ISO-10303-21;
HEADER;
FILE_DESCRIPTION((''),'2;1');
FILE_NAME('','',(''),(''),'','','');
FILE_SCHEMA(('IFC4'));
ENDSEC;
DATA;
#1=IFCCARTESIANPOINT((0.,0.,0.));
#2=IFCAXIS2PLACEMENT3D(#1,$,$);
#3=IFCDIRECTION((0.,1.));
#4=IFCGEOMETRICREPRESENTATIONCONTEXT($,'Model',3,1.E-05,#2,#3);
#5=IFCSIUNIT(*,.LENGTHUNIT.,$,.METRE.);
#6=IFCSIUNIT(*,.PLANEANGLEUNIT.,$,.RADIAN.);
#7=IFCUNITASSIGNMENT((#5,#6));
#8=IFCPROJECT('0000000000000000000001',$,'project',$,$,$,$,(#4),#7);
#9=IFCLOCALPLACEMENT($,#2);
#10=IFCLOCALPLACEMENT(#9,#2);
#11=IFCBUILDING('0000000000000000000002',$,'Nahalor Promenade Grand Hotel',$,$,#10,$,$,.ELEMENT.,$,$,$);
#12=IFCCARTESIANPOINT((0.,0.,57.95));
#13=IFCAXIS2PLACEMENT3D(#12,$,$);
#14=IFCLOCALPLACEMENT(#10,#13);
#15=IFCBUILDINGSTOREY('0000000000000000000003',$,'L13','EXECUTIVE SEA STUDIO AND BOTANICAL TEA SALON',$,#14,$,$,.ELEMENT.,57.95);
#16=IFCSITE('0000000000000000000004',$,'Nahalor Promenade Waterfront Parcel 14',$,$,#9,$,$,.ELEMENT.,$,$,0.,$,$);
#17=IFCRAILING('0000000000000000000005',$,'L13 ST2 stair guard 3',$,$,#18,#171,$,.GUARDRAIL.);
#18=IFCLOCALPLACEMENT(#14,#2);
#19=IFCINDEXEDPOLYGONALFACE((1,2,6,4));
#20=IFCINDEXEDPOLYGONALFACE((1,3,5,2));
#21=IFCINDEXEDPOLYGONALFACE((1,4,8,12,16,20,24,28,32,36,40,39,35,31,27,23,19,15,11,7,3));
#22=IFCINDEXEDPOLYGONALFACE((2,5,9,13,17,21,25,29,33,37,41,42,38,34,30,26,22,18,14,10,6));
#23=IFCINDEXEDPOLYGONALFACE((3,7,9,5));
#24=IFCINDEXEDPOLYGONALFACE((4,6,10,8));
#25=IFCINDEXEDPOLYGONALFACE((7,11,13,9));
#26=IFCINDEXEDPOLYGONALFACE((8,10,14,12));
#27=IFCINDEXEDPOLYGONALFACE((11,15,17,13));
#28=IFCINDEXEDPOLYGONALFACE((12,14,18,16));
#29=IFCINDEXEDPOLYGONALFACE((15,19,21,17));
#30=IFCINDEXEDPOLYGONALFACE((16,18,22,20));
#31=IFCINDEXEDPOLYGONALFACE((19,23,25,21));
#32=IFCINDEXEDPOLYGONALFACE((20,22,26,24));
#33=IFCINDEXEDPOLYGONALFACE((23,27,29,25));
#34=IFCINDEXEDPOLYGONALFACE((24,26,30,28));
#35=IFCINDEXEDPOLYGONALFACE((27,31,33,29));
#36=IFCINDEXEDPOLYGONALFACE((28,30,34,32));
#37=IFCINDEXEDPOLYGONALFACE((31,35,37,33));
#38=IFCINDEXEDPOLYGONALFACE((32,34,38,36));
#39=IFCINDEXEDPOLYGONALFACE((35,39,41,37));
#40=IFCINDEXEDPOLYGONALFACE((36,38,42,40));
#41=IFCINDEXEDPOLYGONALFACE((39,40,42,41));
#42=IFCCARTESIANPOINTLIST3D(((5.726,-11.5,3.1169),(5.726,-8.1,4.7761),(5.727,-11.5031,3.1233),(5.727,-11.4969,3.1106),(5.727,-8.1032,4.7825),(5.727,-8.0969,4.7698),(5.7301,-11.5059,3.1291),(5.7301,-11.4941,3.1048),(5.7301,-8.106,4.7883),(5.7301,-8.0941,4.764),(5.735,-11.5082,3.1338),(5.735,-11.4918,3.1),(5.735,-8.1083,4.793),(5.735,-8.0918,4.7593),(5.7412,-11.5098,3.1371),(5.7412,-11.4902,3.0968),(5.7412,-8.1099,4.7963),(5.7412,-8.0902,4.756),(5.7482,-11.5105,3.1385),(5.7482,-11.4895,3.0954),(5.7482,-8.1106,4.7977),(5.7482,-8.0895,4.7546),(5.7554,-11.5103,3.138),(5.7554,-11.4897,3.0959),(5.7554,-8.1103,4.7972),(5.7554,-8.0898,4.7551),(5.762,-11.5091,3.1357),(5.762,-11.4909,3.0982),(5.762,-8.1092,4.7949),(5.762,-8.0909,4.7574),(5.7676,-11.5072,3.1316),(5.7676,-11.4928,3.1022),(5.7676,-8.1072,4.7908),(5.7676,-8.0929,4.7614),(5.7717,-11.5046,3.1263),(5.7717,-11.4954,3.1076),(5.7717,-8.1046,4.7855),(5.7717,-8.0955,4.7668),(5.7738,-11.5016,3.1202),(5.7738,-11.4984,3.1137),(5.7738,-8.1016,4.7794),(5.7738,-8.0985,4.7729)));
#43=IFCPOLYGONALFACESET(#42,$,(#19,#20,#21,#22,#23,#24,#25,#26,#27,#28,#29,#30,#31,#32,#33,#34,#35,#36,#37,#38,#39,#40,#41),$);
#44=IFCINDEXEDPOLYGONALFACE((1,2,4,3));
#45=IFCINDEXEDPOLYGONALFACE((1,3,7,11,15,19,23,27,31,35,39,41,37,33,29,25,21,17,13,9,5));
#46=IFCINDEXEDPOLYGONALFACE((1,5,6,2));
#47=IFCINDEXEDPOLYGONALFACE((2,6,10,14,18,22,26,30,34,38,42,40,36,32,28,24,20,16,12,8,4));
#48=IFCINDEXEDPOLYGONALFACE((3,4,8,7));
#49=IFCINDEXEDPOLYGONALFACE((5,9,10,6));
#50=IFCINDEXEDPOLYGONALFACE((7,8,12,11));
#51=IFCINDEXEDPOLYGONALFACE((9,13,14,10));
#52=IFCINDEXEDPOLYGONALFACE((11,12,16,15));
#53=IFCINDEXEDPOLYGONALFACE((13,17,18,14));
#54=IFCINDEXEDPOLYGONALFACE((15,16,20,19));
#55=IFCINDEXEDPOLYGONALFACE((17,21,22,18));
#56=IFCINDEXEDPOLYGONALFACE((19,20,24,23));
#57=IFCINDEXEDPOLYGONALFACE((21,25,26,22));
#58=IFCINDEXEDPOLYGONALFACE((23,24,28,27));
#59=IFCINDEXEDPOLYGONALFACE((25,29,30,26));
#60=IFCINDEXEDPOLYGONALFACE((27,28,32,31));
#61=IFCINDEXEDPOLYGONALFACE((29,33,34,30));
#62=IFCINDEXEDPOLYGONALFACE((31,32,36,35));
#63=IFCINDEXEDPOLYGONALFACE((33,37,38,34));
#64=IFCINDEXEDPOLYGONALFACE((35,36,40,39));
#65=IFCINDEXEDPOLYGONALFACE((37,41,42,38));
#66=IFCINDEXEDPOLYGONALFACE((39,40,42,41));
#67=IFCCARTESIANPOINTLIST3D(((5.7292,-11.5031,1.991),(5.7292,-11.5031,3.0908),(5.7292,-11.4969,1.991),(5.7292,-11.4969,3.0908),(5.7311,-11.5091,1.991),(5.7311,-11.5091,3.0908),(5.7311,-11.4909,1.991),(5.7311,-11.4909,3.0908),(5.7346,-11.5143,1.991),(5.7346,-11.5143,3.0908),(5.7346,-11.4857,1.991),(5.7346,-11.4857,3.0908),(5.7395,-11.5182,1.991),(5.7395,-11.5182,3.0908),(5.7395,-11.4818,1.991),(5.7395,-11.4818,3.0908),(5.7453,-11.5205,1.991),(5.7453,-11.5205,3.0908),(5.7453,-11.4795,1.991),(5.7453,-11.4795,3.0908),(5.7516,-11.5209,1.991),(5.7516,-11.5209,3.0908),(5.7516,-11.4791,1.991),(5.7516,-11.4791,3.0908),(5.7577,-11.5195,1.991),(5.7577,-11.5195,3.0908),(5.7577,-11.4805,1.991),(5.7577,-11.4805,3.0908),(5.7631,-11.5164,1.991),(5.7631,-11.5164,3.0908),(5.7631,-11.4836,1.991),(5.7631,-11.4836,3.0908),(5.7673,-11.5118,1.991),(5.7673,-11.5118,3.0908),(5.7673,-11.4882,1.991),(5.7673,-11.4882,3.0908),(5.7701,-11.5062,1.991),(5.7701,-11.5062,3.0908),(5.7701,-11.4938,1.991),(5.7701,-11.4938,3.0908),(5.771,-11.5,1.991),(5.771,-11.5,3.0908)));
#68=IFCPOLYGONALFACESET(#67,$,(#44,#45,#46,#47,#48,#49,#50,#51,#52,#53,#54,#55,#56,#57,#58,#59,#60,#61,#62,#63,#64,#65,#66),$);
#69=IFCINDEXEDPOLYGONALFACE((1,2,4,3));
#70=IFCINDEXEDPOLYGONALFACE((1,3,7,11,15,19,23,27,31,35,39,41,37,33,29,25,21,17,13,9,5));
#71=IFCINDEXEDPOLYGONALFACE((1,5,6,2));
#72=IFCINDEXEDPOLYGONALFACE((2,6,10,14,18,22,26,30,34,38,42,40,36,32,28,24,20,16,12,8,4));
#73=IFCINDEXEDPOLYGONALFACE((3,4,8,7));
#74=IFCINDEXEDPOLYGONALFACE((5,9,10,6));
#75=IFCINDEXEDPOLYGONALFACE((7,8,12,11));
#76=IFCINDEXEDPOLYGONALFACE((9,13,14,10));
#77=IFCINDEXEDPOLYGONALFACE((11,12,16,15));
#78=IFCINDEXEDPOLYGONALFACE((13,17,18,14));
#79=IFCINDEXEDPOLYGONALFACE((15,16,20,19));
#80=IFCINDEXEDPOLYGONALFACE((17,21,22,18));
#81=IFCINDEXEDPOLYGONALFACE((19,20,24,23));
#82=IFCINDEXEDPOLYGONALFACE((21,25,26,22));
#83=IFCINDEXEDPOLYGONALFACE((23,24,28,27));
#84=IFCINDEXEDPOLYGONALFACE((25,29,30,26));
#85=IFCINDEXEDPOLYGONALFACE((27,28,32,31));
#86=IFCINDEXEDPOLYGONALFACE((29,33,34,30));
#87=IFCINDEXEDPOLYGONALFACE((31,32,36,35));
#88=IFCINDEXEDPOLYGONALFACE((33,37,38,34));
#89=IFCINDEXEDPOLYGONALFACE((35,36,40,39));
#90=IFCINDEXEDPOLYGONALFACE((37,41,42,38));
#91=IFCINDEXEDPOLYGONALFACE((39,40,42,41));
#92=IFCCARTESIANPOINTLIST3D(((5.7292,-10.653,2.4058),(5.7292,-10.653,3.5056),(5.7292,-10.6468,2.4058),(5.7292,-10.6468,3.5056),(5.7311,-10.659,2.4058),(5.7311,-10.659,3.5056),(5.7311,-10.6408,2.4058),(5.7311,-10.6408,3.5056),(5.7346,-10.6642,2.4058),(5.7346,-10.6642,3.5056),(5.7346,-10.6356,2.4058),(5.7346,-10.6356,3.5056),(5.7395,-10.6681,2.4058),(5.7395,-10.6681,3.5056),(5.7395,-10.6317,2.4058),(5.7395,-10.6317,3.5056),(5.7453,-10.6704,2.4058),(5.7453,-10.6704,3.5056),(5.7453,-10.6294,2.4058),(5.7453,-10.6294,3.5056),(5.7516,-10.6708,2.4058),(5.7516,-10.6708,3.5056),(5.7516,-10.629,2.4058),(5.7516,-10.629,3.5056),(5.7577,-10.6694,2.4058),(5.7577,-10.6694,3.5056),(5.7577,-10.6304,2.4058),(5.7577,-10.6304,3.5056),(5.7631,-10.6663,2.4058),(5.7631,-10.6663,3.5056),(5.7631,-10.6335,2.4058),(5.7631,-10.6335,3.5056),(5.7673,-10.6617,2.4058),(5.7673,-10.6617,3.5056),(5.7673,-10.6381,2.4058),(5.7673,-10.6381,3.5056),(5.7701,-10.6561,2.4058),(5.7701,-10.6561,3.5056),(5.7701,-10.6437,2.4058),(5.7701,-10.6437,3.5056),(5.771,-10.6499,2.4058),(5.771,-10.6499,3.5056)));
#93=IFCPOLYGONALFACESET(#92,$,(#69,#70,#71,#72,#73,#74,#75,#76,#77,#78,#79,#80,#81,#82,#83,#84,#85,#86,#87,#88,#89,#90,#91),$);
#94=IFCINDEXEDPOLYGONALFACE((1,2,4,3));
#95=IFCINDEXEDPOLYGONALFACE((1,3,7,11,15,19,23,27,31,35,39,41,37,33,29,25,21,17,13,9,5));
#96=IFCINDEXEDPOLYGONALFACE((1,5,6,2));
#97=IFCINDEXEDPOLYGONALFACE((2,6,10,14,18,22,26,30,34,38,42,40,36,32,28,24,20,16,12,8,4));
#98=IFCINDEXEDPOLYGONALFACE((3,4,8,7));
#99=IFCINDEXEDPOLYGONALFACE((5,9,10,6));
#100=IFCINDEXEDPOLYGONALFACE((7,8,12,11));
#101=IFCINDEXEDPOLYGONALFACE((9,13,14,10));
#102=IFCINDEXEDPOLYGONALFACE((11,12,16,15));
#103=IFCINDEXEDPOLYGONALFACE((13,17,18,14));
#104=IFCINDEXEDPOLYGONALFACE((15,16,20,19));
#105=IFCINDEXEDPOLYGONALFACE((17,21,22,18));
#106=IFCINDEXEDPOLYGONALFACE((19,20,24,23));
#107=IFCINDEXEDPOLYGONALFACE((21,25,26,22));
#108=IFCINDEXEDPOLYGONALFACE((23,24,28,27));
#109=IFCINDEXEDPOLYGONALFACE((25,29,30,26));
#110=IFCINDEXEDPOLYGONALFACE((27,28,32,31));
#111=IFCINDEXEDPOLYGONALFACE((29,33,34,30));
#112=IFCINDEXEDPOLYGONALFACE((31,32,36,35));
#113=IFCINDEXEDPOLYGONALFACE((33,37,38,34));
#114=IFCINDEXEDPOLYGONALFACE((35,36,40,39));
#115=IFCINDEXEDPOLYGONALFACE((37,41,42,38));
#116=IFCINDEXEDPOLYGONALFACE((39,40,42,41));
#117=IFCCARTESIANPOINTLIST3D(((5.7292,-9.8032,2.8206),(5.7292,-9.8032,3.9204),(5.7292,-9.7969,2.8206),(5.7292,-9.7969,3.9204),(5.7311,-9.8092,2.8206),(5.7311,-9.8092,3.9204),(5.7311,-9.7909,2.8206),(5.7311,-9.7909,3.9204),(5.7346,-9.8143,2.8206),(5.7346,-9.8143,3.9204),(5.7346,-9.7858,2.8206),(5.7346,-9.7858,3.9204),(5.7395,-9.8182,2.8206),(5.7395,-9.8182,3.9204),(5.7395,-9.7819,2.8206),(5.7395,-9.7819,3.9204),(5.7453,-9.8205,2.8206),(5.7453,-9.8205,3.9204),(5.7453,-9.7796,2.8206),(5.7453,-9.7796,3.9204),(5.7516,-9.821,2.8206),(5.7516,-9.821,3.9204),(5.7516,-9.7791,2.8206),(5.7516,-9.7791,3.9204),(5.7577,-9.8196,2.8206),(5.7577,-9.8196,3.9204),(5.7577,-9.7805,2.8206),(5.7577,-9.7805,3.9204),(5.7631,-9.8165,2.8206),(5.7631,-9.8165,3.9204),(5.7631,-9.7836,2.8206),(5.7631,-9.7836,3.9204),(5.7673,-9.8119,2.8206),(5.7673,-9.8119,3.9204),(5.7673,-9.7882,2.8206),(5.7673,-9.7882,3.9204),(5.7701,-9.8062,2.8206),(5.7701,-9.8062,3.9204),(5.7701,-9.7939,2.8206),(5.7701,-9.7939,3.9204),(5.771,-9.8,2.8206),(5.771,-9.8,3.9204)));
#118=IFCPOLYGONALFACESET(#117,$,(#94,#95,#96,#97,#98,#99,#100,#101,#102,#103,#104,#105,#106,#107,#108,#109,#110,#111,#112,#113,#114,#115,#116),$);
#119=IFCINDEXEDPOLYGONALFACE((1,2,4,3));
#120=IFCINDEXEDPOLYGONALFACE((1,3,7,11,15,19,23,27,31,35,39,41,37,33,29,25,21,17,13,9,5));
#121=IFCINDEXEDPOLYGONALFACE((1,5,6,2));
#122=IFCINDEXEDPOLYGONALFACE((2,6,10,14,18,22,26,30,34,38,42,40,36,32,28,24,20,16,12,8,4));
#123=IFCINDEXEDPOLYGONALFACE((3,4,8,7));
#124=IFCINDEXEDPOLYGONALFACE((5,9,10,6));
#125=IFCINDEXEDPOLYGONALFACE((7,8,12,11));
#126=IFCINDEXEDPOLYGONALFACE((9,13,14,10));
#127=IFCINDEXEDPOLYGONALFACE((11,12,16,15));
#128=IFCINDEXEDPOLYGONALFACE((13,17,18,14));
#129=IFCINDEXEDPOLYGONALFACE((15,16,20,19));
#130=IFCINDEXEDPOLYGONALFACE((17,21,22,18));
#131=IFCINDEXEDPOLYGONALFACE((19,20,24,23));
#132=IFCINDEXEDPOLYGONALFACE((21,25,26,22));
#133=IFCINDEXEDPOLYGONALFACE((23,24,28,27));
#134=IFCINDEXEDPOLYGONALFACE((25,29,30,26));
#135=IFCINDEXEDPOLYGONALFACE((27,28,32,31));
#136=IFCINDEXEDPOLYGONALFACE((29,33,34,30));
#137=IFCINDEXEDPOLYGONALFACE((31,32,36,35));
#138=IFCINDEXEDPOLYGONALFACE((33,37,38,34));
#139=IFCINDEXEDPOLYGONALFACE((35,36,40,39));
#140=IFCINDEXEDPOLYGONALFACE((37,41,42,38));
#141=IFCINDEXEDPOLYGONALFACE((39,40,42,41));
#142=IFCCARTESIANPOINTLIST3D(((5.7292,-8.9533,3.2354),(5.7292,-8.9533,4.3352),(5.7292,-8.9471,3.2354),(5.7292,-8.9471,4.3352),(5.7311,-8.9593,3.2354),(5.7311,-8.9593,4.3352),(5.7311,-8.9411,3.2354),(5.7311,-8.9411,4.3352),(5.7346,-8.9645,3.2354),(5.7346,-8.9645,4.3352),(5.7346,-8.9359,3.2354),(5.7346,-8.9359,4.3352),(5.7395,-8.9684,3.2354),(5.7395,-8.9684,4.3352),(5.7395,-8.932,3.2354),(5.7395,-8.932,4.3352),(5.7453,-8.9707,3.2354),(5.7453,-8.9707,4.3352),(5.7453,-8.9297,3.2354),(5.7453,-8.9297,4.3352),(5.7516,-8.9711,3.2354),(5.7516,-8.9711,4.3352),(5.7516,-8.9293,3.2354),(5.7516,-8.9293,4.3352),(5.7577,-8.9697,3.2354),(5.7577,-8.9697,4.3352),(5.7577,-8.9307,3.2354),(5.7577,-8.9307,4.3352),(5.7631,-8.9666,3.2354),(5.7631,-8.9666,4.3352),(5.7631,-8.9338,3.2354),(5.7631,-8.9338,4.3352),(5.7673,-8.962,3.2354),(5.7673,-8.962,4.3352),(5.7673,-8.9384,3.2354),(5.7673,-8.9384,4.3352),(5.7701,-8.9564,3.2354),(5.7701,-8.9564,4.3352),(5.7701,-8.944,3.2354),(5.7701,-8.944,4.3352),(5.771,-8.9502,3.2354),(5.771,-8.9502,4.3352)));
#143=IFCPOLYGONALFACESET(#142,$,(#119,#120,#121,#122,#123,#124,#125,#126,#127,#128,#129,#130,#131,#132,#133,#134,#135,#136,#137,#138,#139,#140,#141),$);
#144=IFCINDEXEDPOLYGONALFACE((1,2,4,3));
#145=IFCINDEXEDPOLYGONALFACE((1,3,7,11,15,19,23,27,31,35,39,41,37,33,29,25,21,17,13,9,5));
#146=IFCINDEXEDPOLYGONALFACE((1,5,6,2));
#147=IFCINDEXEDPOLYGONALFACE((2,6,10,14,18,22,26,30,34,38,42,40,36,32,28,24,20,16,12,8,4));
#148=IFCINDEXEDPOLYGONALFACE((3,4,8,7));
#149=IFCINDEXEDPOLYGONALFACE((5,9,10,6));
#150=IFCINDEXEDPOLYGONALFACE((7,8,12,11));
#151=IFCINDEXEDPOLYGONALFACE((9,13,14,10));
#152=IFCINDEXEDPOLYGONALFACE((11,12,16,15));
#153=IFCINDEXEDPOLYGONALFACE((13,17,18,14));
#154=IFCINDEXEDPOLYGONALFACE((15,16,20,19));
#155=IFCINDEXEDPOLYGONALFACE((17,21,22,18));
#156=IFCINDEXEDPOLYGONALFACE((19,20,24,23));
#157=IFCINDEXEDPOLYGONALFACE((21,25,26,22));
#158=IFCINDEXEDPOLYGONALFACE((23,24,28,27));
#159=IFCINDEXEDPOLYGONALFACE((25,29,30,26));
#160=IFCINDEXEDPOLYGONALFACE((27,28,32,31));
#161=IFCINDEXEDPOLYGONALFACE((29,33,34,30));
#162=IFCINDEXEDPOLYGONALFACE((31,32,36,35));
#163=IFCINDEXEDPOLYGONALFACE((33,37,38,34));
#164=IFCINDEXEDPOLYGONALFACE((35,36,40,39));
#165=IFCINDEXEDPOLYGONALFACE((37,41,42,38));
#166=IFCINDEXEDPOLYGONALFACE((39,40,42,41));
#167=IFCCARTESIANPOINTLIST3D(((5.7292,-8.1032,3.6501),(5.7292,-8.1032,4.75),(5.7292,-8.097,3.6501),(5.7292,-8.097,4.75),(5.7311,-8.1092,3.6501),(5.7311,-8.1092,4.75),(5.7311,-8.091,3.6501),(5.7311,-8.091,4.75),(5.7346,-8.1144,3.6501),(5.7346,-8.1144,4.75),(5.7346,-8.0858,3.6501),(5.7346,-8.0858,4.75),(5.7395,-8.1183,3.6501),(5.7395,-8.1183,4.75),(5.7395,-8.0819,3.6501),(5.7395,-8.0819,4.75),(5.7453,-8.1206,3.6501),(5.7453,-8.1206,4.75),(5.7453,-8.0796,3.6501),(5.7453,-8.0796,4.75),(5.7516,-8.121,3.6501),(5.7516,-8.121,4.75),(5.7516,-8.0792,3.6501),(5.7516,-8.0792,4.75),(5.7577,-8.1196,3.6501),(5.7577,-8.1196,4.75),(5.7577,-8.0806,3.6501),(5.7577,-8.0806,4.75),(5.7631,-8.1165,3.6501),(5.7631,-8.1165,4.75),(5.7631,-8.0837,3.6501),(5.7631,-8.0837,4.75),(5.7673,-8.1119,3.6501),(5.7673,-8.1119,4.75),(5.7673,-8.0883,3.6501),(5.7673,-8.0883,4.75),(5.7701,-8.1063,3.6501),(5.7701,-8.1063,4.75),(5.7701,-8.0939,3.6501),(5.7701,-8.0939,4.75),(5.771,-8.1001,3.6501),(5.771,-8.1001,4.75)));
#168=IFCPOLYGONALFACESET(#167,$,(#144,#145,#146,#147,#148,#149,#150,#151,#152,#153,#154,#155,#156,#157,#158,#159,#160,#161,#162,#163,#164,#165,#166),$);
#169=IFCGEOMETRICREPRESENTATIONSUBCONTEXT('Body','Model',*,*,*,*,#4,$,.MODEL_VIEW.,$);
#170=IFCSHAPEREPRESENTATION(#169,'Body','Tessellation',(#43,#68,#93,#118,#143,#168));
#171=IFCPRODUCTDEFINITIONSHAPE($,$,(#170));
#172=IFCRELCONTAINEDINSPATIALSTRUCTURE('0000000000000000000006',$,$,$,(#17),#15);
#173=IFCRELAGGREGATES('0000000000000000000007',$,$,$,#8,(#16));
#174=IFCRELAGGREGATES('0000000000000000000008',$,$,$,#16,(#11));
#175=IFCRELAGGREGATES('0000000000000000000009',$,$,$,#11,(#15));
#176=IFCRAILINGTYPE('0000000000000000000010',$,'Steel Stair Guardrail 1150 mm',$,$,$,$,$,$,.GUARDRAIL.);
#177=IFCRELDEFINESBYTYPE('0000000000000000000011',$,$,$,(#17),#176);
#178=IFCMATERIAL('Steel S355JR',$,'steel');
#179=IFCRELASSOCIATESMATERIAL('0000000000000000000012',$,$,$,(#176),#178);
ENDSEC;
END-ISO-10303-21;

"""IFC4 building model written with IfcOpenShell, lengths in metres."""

from ifc_helpers import new_model, si_unit, direction, frame, origin, origin_2d, place, context, subcontext, project, spatial, circle, extrude, material, type_object, element, save


model = new_model("IFC4")

# Units and contexts
model_context = context("Model", 3, precision=1e-05, world=origin(), true_north=direction((0.0, 1.0)))
body_context = subcontext(model_context, "Body", "Model", "MODEL_VIEW")
ifc_project = project(units=[si_unit("LENGTHUNIT", "METRE"), si_unit("PLANEANGLEUNIT", "RADIAN")], contexts=[model_context])

# Site, building, storey
site_placement = place(None, origin())
site = spatial("IfcSite", under=ifc_project, at=site_placement, Name="Nahalor Promenade Waterfront Parcel 14", CompositionType="ELEMENT", RefElevation=0.0)
building_placement = place(site_placement, origin())
building = spatial("IfcBuilding", under=site, at=building_placement, Name="Nahalor Promenade Grand Hotel", CompositionType="ELEMENT")
storey_placement = place(building_placement, frame((0.0, 0.0, 57.95)))
storey = spatial("IfcBuildingStorey", under=building, at=storey_placement, Name="L13", Description="EXECUTIVE SEA STUDIO AND BOTANICAL TEA SALON", CompositionType="ELEMENT", Elevation=57.95)

# Shared definitions
ifc_material_1 = material(Name="Steel S355JR", Category="steel")

# Railing
railing_type_1 = type_object("IfcRailingType", Name="Steel Stair Guardrail 1150 mm", PredefinedType="GUARDRAIL", material=ifc_material_1)
railing_1_placement = place(storey_placement, frame((5.75, -11.5, 1.991)))
element("IfcRailing", 1, at=railing_1_placement, inside=storey, type_object=railing_type_1, Name="L13 ST2 stair guard 3", PredefinedType="GUARDRAIL", context=body_context, shape_type="SweptSolid", body=[
    extrude(circle(Radius=0.024, at=origin_2d()), frame((0.0, 0.0, 1.126), z_axis=(0.0, 0.898696, 0.438571), x_axis=(-1.0, 0.0, 0.0)), (0.0, 0.0, 1.0), 3.7832),
    extrude(circle(Radius=0.021, at=origin_2d()), origin(), (0.0, 0.0, 1.0), 1.0999),
    extrude(circle(Radius=0.021, at=origin_2d()), frame((0.0, 0.8501, 0.4148)), (0.0, 0.0, 1.0), 1.0999),
    extrude(circle(Radius=0.021, at=origin_2d()), frame((0.0, 1.7, 0.8296)), (0.0, 0.0, 1.0), 1.0999),
    extrude(circle(Radius=0.021, at=origin_2d()), frame((0.0, 2.5498, 1.2444)), (0.0, 0.0, 1.0), 1.0999),
    extrude(circle(Radius=0.021, at=origin_2d()), frame((0.0, 3.3999, 1.6592)), (0.0, 0.0, 1.0), 1.0999),
])

save(model, "model.ifc")
